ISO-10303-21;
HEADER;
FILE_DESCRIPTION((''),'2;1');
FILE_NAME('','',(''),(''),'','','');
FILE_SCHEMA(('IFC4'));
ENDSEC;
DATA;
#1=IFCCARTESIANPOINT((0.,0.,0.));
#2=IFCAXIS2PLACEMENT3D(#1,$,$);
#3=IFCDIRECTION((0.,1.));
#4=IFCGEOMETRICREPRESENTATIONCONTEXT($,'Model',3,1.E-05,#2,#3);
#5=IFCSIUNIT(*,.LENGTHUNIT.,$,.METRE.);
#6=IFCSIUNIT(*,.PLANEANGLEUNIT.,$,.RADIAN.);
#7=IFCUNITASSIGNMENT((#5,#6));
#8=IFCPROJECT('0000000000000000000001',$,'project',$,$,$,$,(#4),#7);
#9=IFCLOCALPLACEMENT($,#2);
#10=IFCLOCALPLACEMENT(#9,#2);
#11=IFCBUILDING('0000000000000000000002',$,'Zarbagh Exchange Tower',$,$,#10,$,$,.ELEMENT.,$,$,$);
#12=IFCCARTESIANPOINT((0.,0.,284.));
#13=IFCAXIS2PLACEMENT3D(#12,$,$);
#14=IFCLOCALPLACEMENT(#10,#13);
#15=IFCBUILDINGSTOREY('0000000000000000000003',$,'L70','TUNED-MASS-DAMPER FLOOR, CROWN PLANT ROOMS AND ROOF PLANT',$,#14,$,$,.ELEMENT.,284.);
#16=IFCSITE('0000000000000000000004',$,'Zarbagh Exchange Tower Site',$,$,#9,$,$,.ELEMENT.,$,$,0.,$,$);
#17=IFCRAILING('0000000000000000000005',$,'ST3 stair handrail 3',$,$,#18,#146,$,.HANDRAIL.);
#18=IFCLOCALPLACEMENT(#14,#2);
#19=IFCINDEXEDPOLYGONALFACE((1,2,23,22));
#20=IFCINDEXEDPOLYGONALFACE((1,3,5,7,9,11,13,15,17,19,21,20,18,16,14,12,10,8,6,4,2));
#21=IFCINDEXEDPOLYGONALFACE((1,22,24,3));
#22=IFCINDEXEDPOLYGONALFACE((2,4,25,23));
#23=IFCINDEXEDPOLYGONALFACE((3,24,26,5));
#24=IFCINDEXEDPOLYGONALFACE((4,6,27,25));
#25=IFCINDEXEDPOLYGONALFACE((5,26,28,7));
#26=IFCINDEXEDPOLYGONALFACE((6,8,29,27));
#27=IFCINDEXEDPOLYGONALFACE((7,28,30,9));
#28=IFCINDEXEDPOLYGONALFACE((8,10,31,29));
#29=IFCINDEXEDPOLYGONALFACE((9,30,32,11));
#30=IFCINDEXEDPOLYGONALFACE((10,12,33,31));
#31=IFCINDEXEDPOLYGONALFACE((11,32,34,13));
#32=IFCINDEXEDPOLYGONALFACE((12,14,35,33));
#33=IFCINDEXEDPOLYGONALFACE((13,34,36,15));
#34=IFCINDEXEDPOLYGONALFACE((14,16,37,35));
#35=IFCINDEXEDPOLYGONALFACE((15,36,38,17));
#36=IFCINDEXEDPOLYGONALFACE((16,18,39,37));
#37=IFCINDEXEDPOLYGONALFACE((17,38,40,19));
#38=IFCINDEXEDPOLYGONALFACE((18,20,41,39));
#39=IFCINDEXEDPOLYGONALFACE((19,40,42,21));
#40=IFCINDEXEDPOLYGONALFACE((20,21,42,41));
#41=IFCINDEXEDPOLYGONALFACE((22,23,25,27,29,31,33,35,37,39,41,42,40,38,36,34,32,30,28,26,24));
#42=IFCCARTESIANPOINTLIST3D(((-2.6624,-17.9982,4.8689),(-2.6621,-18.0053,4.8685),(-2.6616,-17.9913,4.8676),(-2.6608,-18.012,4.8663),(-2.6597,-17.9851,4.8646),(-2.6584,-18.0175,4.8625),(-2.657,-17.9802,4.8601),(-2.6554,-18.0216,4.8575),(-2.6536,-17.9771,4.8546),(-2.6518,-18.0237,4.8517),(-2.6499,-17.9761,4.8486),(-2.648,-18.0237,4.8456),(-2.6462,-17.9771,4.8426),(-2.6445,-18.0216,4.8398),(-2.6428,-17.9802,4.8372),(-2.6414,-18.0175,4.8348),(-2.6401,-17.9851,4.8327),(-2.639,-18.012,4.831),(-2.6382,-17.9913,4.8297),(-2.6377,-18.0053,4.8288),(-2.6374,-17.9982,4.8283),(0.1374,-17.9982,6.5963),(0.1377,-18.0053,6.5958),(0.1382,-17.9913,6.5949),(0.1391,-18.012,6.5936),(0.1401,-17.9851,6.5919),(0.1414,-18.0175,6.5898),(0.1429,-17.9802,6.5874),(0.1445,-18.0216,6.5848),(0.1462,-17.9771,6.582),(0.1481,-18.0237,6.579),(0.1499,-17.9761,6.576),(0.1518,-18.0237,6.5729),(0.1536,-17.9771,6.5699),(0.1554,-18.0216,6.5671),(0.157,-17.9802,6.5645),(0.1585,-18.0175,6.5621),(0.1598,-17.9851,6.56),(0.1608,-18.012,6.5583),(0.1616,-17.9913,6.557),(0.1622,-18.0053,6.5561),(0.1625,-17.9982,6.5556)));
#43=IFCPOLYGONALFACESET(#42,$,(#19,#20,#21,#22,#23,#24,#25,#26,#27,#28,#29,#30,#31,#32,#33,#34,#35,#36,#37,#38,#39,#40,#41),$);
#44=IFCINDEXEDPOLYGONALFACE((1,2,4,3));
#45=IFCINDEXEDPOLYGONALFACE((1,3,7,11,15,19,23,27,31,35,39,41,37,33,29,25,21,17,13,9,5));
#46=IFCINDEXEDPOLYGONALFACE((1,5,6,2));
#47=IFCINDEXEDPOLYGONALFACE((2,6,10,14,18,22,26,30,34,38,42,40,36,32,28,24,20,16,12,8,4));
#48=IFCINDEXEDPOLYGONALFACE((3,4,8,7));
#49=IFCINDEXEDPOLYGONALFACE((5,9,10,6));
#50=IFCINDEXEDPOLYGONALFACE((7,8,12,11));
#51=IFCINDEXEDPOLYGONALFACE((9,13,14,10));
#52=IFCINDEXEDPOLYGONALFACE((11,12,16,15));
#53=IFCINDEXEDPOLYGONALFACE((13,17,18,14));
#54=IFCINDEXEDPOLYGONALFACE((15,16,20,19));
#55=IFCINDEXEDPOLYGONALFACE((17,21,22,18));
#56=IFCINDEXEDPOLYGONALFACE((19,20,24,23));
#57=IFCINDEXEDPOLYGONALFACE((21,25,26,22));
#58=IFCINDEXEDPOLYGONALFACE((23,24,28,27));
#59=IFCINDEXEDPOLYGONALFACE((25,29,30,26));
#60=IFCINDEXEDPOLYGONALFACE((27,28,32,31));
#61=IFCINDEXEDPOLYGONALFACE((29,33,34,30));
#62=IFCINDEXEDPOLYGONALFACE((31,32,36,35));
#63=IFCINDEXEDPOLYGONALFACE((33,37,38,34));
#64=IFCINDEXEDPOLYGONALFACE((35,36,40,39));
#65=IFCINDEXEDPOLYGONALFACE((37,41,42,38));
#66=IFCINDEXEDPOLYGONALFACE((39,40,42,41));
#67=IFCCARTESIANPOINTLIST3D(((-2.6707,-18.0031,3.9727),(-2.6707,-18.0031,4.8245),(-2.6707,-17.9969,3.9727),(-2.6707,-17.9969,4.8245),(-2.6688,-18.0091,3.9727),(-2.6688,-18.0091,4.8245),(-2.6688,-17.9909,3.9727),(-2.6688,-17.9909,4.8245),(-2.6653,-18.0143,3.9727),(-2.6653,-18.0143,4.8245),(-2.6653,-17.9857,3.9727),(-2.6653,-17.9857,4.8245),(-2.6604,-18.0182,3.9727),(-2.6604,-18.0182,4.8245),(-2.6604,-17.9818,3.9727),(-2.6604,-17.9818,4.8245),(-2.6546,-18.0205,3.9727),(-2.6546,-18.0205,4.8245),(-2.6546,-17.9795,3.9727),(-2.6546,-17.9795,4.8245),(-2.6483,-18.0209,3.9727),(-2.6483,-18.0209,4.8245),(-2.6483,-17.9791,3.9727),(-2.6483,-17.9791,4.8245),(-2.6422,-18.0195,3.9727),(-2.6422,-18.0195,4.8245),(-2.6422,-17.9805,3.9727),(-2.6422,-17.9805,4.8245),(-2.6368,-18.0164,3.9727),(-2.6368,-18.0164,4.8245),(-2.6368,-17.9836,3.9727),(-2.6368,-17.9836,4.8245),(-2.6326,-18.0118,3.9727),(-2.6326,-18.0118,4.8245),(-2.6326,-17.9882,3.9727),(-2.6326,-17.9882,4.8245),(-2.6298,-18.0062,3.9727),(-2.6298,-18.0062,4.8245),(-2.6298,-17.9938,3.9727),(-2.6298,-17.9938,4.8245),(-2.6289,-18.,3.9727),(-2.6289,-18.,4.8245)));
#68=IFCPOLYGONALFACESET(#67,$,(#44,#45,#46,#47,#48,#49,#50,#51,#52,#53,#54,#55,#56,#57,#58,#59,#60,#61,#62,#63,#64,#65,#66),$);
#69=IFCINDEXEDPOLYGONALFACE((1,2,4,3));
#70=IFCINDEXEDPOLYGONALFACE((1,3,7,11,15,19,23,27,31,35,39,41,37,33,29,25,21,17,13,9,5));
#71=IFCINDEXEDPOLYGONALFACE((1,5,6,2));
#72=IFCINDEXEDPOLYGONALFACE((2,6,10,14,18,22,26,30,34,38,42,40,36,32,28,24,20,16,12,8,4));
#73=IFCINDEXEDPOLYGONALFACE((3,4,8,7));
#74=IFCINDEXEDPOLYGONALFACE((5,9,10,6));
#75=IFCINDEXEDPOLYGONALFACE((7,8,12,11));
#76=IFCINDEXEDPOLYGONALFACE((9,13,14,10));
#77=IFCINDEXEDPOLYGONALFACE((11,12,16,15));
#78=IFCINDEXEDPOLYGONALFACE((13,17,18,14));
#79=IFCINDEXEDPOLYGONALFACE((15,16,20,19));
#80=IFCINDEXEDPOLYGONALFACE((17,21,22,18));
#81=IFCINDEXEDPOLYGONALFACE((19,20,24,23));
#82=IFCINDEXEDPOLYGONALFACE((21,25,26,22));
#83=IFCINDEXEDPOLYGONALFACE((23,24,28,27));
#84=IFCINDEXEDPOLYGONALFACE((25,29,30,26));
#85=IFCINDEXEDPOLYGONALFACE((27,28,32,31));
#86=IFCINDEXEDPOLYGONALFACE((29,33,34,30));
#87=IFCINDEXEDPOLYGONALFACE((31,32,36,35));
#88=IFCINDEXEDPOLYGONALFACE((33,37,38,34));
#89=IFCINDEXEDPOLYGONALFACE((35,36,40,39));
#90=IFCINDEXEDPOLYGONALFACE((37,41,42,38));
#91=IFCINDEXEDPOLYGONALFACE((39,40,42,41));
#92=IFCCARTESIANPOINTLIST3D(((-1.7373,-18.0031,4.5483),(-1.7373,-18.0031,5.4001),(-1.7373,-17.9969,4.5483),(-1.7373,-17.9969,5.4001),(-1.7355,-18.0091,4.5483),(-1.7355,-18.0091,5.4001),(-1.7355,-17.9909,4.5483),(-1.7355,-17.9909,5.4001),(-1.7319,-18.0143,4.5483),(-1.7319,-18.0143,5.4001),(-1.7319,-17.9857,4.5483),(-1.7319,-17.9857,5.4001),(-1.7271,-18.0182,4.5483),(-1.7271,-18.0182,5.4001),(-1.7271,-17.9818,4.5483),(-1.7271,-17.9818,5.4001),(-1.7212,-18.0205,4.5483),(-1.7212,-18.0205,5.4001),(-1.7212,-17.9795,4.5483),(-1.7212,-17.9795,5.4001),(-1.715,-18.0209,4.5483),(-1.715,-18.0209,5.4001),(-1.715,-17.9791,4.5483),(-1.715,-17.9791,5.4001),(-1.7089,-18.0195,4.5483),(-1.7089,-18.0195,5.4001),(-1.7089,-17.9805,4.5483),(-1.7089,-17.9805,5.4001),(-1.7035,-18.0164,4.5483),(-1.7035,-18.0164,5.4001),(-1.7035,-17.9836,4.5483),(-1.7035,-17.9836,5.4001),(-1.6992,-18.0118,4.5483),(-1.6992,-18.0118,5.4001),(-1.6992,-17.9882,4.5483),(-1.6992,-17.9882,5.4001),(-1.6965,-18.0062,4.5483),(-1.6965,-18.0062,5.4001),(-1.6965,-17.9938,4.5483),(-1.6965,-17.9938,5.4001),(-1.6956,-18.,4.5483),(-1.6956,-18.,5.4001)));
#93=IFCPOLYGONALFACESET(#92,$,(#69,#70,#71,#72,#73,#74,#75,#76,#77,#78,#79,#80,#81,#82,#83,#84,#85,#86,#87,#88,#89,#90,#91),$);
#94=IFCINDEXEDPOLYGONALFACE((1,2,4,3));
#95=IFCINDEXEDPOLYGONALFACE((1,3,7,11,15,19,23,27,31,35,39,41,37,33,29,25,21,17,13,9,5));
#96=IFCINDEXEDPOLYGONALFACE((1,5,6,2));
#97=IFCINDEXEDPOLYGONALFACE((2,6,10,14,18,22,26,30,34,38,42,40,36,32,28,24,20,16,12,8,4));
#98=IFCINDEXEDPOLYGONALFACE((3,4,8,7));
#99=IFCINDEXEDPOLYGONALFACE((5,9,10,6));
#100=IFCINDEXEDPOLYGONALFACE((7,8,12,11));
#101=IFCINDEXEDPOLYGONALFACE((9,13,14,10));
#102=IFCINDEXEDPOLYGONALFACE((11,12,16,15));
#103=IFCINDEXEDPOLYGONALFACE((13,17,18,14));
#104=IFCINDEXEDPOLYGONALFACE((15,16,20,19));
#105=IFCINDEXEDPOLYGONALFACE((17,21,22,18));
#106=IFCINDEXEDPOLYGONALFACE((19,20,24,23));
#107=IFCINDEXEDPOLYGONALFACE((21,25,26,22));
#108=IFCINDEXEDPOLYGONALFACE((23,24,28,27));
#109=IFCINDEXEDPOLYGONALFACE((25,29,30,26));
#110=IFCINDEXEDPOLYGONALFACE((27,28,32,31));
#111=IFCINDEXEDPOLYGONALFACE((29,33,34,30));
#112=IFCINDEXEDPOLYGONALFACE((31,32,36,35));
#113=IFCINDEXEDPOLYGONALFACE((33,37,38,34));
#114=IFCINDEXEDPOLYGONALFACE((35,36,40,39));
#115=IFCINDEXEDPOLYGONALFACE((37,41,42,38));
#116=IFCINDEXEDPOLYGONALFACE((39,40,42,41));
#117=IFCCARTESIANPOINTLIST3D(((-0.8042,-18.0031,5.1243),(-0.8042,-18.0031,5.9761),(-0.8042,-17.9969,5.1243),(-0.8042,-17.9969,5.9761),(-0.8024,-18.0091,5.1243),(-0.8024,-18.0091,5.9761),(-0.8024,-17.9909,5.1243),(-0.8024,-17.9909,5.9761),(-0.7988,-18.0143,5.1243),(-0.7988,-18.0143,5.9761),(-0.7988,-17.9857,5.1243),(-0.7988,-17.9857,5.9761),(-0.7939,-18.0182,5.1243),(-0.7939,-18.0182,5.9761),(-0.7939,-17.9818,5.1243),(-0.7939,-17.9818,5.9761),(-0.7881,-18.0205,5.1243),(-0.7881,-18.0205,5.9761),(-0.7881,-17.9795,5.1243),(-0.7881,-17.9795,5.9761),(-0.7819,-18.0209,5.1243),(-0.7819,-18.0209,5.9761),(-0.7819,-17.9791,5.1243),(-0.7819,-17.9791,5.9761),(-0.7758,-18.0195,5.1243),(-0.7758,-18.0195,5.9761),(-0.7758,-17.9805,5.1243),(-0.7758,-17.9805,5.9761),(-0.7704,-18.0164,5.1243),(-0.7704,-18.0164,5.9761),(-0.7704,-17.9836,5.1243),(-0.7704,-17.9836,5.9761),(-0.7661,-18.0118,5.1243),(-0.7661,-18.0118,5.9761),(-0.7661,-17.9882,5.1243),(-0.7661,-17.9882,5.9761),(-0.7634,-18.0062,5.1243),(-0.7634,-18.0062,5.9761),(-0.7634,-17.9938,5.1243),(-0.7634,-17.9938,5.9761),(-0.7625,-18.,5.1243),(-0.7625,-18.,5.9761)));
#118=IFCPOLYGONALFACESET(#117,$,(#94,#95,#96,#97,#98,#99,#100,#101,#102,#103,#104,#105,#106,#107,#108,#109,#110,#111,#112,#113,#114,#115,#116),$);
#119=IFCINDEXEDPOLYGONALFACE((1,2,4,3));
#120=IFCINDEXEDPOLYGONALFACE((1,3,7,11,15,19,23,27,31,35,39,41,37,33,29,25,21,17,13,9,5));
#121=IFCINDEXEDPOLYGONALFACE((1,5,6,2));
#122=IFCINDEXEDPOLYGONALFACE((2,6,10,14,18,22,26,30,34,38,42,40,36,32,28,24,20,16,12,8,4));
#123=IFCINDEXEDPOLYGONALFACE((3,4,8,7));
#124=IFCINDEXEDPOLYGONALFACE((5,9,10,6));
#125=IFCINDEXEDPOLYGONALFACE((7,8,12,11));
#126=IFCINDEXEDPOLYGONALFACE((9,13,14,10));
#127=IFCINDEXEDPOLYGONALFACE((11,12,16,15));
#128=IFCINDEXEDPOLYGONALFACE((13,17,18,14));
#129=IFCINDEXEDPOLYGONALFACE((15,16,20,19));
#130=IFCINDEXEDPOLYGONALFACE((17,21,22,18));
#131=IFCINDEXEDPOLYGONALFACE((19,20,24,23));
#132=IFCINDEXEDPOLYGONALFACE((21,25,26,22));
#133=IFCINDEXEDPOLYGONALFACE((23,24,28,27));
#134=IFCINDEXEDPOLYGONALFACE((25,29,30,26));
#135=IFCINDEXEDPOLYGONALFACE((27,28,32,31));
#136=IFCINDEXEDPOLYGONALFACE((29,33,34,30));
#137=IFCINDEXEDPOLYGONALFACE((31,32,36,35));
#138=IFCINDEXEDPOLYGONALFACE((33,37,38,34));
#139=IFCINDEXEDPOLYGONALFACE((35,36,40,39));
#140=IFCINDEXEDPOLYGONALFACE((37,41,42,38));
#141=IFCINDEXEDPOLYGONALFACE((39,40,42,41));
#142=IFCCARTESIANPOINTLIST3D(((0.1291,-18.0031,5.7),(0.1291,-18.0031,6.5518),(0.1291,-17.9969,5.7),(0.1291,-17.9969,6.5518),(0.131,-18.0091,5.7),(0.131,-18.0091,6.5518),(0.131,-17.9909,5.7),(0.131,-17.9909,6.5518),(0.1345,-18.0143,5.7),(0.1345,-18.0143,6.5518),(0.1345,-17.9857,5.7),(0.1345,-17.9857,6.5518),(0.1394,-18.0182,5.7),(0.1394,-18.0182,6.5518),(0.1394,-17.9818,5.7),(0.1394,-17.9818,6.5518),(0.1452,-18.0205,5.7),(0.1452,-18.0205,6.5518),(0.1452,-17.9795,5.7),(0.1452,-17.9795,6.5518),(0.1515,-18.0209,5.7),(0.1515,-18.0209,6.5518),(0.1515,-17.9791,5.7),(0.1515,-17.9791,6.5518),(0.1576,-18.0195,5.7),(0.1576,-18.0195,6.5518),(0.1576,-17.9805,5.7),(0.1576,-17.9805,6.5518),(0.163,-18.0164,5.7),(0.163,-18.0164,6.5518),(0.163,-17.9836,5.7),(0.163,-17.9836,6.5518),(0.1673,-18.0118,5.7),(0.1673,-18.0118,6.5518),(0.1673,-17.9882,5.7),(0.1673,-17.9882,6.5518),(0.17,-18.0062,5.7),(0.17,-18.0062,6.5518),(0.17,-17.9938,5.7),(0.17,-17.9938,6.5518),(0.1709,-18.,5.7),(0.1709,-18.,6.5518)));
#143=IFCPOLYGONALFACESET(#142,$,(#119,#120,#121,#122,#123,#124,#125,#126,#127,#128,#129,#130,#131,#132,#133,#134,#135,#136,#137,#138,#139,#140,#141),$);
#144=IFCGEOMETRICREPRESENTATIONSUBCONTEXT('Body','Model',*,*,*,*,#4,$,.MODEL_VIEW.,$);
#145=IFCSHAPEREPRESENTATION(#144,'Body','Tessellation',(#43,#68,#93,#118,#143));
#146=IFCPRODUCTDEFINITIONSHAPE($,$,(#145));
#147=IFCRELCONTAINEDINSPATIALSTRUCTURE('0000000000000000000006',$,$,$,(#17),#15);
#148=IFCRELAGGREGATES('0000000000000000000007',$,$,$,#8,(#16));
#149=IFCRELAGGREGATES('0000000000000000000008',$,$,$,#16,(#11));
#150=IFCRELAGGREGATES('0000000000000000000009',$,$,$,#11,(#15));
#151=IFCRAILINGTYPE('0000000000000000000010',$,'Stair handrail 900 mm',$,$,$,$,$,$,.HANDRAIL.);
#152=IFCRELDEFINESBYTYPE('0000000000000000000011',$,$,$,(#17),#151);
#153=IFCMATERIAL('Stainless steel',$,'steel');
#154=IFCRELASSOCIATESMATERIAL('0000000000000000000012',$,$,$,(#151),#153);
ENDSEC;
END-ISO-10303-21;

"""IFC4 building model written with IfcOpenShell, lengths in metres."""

from ifc_helpers import new_model, si_unit, direction, frame, origin, origin_2d, place, context, subcontext, project, spatial, circle, extrude, material, type_object, element, save


model = new_model("IFC4")

# Units and contexts
model_context = context("Model", 3, precision=1e-05, world=origin(), true_north=direction((0.0, 1.0)))
body_context = subcontext(model_context, "Body", "Model", "MODEL_VIEW")
ifc_project = project(units=[si_unit("LENGTHUNIT", "METRE"), si_unit("PLANEANGLEUNIT", "RADIAN")], contexts=[model_context])

# Site, building, storey
site_placement = place(None, origin())
site = spatial("IfcSite", under=ifc_project, at=site_placement, Name="Zarbagh Exchange Tower Site", CompositionType="ELEMENT", RefElevation=0.0)
building_placement = place(site_placement, origin())
building = spatial("IfcBuilding", under=site, at=building_placement, Name="Zarbagh Exchange Tower", CompositionType="ELEMENT")
storey_placement = place(building_placement, frame((0.0, 0.0, 284.0)))
storey = spatial("IfcBuildingStorey", under=building, at=storey_placement, Name="L70", Description="TUNED-MASS-DAMPER FLOOR, CROWN PLANT ROOMS AND ROOF PLANT", CompositionType="ELEMENT", Elevation=284.0)

# Shared definitions
ifc_material_1 = material(Name="Stainless steel", Category="steel")

# Railing
railing_type_1 = type_object("IfcRailingType", Name="Stair handrail 900 mm", PredefinedType="HANDRAIL", material=ifc_material_1)
for number, where, name in (
    (1, (-2.6499, -18.0, 3.9727), "ST3 stair handrail 3"),
):
    element("IfcRailing", number, at=place(storey_placement, frame(where)), inside=storey, type_object=railing_type_1, Name=name, PredefinedType="HANDRAIL", context=body_context, shape_type="SweptSolid", body=[
        extrude(circle(Radius=0.0239, at=origin_2d()), frame((0.0, 0.0, 0.876), z_axis=(0.851069, 0.0, 0.525054), x_axis=(0.0, 1.0, 0.0)), (0.0, 0.0, 1.0), 3.2898),
        extrude(circle(Radius=0.021, at=origin_2d()), origin(), (0.0, 0.0, 1.0), 0.8518),
        extrude(circle(Radius=0.021, at=origin_2d()), frame((0.9333, 0.0, 0.5757)), (0.0, 0.0, 1.0), 0.8518),
        extrude(circle(Radius=0.021, at=origin_2d()), frame((1.8665, 0.0, 1.1516)), (0.0, 0.0, 1.0), 0.8518),
        extrude(circle(Radius=0.021, at=origin_2d()), frame((2.7998, 0.0, 1.7273)), (0.0, 0.0, 1.0), 0.8518),
    ])

save(model, "model.ifc")
